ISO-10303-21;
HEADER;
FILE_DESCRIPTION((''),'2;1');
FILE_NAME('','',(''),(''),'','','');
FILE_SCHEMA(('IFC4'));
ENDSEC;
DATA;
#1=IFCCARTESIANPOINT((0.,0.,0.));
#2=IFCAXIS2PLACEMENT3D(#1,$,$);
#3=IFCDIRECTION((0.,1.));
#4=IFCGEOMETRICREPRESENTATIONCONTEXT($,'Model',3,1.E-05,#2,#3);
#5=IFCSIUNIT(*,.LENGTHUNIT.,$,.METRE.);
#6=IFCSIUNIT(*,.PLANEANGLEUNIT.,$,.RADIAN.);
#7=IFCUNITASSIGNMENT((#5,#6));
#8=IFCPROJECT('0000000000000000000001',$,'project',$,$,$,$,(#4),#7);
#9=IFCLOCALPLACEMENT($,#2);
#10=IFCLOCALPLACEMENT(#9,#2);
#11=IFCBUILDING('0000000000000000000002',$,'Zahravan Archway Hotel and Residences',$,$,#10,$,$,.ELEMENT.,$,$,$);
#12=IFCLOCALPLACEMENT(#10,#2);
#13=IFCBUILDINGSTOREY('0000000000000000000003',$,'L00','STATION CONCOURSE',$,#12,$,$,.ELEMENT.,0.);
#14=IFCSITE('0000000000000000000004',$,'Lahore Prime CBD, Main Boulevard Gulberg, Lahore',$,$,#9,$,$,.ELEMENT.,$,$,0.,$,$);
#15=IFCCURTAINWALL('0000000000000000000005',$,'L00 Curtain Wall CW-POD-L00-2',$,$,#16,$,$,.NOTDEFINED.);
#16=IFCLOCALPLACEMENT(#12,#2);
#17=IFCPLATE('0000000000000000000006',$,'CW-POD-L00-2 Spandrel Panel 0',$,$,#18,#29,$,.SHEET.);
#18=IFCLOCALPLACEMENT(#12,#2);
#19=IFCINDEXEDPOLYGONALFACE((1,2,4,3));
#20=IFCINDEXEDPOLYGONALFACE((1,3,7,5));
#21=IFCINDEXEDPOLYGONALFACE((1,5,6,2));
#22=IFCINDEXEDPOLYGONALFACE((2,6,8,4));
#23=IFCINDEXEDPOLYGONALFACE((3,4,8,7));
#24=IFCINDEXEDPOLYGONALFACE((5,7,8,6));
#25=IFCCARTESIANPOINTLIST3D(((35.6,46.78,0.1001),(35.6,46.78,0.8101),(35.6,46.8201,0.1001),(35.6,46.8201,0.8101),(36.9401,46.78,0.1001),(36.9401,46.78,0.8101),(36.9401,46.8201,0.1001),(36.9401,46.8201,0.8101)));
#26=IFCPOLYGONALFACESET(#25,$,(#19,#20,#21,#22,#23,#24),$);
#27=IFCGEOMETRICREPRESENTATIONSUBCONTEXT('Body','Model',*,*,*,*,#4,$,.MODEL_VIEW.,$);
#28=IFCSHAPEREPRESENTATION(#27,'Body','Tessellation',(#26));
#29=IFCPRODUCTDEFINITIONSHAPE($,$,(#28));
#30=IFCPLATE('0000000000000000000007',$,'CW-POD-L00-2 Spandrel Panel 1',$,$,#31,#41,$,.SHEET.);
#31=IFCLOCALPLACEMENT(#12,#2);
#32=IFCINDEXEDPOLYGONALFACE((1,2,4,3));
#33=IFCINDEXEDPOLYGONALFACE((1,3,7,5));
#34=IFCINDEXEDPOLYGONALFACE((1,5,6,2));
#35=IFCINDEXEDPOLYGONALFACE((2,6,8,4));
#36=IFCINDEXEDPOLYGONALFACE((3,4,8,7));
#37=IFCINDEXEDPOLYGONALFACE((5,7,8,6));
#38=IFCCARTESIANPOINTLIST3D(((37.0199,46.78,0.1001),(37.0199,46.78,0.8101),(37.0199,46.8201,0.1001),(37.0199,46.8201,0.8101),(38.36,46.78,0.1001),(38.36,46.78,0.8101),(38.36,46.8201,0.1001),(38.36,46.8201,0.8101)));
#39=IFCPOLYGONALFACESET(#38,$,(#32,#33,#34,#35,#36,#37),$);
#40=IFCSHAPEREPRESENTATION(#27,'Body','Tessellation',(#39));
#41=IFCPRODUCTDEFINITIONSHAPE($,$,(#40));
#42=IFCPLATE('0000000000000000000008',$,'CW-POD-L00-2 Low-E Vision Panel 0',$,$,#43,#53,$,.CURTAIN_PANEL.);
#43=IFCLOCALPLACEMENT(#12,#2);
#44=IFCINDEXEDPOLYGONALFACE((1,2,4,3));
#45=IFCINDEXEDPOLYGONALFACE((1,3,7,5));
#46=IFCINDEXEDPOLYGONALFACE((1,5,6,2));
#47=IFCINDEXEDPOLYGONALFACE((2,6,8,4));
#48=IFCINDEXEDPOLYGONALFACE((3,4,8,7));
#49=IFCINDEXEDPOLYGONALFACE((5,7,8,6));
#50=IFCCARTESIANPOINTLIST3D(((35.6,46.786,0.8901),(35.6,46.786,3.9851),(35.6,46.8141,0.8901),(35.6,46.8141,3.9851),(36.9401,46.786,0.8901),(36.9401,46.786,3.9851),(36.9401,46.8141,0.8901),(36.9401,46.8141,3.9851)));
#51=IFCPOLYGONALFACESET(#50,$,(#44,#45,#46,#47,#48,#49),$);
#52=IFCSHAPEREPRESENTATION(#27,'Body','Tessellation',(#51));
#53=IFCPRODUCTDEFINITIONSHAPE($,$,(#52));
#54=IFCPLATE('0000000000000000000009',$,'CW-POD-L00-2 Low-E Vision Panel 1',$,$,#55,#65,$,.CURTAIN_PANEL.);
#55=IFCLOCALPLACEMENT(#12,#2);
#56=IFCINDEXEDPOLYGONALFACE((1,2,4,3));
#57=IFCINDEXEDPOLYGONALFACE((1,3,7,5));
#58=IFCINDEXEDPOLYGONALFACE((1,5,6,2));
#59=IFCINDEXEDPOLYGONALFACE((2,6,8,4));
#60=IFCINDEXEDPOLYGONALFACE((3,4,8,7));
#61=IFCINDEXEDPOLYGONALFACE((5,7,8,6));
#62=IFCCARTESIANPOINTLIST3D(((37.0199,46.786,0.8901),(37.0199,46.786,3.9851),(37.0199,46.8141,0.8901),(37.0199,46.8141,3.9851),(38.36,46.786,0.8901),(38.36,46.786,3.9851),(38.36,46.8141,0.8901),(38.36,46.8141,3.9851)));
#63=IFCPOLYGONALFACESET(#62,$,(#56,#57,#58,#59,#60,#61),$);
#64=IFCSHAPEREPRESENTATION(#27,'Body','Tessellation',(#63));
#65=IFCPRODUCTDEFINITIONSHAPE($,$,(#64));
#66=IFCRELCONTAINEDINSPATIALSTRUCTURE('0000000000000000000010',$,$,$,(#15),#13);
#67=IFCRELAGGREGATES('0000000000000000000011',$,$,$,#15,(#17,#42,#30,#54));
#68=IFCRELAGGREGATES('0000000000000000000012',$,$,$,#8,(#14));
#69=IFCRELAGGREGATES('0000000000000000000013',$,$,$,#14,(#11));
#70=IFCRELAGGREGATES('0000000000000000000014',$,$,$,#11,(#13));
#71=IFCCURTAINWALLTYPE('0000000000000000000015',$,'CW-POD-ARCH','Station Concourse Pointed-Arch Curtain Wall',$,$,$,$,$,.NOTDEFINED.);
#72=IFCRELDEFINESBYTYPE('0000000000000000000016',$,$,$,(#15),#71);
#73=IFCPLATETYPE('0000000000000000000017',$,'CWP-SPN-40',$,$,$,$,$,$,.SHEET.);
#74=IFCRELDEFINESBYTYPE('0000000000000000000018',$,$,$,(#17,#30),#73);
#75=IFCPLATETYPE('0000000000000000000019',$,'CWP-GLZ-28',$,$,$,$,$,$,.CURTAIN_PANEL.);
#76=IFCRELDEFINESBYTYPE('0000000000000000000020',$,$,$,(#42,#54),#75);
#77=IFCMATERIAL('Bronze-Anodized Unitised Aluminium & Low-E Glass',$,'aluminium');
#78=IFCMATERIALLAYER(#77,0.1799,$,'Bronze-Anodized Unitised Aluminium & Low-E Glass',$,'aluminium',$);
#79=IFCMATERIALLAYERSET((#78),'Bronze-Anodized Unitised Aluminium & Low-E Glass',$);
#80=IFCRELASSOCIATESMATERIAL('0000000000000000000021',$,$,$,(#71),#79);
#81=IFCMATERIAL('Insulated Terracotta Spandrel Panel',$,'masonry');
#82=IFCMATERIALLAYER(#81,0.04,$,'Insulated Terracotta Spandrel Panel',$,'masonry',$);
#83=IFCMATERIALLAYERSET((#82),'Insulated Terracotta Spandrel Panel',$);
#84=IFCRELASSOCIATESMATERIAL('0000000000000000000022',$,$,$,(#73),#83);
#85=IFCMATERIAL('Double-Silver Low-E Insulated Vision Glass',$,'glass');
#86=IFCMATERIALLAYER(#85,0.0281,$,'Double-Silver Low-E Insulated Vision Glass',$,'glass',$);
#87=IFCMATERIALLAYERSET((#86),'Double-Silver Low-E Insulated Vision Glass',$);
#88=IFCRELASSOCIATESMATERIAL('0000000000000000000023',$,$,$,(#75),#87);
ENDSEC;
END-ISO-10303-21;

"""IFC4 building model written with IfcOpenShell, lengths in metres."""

from ifc_helpers import new_model, si_unit, direction, frame, origin, origin_2d, place, context, subcontext, project, spatial, rectangle, extrude, source, transform, mapped, material, layer, layer_set, type_object, element, aggregate, save


model = new_model("IFC4")

# Units and contexts
model_context = context("Model", 3, precision=1e-05, world=origin(), true_north=direction((0.0, 1.0)))
body_context = subcontext(model_context, "Body", "Model", "MODEL_VIEW")
ifc_project = project(units=[si_unit("LENGTHUNIT", "METRE"), si_unit("PLANEANGLEUNIT", "RADIAN")], contexts=[model_context])

# Site, building, storey
site_placement = place(None, origin())
site = spatial("IfcSite", under=ifc_project, at=site_placement, Name="Lahore Prime CBD, Main Boulevard Gulberg, Lahore", CompositionType="ELEMENT", RefElevation=0.0)
building_placement = place(site_placement, origin())
building = spatial("IfcBuilding", under=site, at=building_placement, Name="Zahravan Archway Hotel and Residences", CompositionType="ELEMENT")
storey_placement = place(building_placement, origin())
storey = spatial("IfcBuildingStorey", under=building, at=storey_placement, Name="L00", Description="STATION CONCOURSE", CompositionType="ELEMENT", Elevation=0.0)

# Curtain wall
ifc_material_1 = material(Name="Bronze-Anodized Unitised Aluminium & Low-E Glass", Category="aluminium")
ifc_layer_1 = layer(ifc_material_1, 0.1799, Name="Bronze-Anodized Unitised Aluminium & Low-E Glass", Category="aluminium")
ifc_layer_set_1 = layer_set([ifc_layer_1], Name="Bronze-Anodized Unitised Aluminium & Low-E Glass")
curtain_wall_type = type_object("IfcCurtainWallType", Name="CW-POD-ARCH", Description="Station Concourse Pointed-Arch Curtain Wall", PredefinedType="NOTDEFINED", material=ifc_layer_set_1)
curtain_wall_1_placement = place(storey_placement, origin())
curtain_wall_1 = element("IfcCurtainWall", 1, at=curtain_wall_1_placement, inside=storey, type_object=curtain_wall_type, Name="L00 Curtain Wall CW-POD-L00-2", PredefinedType="NOTDEFINED")

# Plates
ifc_material_2 = material(Name="Insulated Terracotta Spandrel Panel", Category="masonry")
ifc_layer_2 = layer(ifc_material_2, 0.04, Name="Insulated Terracotta Spandrel Panel", Category="masonry")
ifc_layer_set_2 = layer_set([ifc_layer_2], Name="Insulated Terracotta Spandrel Panel")
plate_type_1 = type_object("IfcPlateType", Name="CWP-SPN-40", PredefinedType="SHEET", material=ifc_layer_set_2)
ifc_material_3 = material(Name="Double-Silver Low-E Insulated Vision Glass", Category="glass")
ifc_layer_3 = layer(ifc_material_3, 0.0281, Name="Double-Silver Low-E Insulated Vision Glass", Category="glass")
ifc_layer_set_3 = layer_set([ifc_layer_3], Name="Double-Silver Low-E Insulated Vision Glass")
plate_type_2 = type_object("IfcPlateType", Name="CWP-GLZ-28", PredefinedType="CURTAIN_PANEL", material=ifc_layer_set_3)
shared_shape_1 = source(origin(), body_context, "Body", "SweptSolid", [
    extrude(rectangle(XDim=1.3401, YDim=0.04, at=origin_2d()), origin(), (0.0, 0.0, 1.0), 0.71),
])
plate_1_placement = place(storey_placement, frame((36.27, 46.8, 0.1001), z_axis=(0.0, 0.0, 1.0), x_axis=(1.0, 0.0, 0.0)))
plate_1 = element("IfcPlate", 2, at=plate_1_placement, type_object=plate_type_1, Name="CW-POD-L00-2 Spandrel Panel 0", PredefinedType="SHEET", context=body_context, shape_type="MappedRepresentation", body=[
    mapped(shared_shape_1, transform((0.0, 0.0, 0.0), scale=1.0)),
])
plate_2_placement = place(storey_placement, frame((37.6899, 46.8, 0.1001), z_axis=(0.0, 0.0, 1.0), x_axis=(1.0, 0.0, 0.0)))
plate_2 = element("IfcPlate", 3, at=plate_2_placement, type_object=plate_type_1, Name="CW-POD-L00-2 Spandrel Panel 1", PredefinedType="SHEET", context=body_context, shape_type="MappedRepresentation", body=[
    mapped(shared_shape_1, transform((0.0, 0.0, 0.0), scale=1.0)),
])
shared_shape_2 = source(origin(), body_context, "Body", "SweptSolid", [
    extrude(rectangle(XDim=1.3401, YDim=0.0281, at=origin_2d()), origin(), (0.0, 0.0, 1.0), 3.095),
])
plate_3_placement = place(storey_placement, frame((36.27, 46.8, 0.8901), z_axis=(0.0, 0.0, 1.0), x_axis=(1.0, 0.0, 0.0)))
plate_3 = element("IfcPlate", 4, at=plate_3_placement, type_object=plate_type_2, Name="CW-POD-L00-2 Low-E Vision Panel 0", PredefinedType="CURTAIN_PANEL", context=body_context, shape_type="MappedRepresentation", body=[
    mapped(shared_shape_2, transform((0.0, 0.0, 0.0), scale=1.0)),
])
plate_4_placement = place(storey_placement, frame((37.6899, 46.8, 0.8901), z_axis=(0.0, 0.0, 1.0), x_axis=(1.0, 0.0, 0.0)))
plate_4 = element("IfcPlate", 5, at=plate_4_placement, type_object=plate_type_2, Name="CW-POD-L00-2 Low-E Vision Panel 1", PredefinedType="CURTAIN_PANEL", context=body_context, shape_type="MappedRepresentation", body=[
    mapped(shared_shape_2, transform((0.0, 0.0, 0.0), scale=1.0)),
])
aggregate(curtain_wall_1, [plate_1, plate_3, plate_2, plate_4])

save(model, "model.ifc")
